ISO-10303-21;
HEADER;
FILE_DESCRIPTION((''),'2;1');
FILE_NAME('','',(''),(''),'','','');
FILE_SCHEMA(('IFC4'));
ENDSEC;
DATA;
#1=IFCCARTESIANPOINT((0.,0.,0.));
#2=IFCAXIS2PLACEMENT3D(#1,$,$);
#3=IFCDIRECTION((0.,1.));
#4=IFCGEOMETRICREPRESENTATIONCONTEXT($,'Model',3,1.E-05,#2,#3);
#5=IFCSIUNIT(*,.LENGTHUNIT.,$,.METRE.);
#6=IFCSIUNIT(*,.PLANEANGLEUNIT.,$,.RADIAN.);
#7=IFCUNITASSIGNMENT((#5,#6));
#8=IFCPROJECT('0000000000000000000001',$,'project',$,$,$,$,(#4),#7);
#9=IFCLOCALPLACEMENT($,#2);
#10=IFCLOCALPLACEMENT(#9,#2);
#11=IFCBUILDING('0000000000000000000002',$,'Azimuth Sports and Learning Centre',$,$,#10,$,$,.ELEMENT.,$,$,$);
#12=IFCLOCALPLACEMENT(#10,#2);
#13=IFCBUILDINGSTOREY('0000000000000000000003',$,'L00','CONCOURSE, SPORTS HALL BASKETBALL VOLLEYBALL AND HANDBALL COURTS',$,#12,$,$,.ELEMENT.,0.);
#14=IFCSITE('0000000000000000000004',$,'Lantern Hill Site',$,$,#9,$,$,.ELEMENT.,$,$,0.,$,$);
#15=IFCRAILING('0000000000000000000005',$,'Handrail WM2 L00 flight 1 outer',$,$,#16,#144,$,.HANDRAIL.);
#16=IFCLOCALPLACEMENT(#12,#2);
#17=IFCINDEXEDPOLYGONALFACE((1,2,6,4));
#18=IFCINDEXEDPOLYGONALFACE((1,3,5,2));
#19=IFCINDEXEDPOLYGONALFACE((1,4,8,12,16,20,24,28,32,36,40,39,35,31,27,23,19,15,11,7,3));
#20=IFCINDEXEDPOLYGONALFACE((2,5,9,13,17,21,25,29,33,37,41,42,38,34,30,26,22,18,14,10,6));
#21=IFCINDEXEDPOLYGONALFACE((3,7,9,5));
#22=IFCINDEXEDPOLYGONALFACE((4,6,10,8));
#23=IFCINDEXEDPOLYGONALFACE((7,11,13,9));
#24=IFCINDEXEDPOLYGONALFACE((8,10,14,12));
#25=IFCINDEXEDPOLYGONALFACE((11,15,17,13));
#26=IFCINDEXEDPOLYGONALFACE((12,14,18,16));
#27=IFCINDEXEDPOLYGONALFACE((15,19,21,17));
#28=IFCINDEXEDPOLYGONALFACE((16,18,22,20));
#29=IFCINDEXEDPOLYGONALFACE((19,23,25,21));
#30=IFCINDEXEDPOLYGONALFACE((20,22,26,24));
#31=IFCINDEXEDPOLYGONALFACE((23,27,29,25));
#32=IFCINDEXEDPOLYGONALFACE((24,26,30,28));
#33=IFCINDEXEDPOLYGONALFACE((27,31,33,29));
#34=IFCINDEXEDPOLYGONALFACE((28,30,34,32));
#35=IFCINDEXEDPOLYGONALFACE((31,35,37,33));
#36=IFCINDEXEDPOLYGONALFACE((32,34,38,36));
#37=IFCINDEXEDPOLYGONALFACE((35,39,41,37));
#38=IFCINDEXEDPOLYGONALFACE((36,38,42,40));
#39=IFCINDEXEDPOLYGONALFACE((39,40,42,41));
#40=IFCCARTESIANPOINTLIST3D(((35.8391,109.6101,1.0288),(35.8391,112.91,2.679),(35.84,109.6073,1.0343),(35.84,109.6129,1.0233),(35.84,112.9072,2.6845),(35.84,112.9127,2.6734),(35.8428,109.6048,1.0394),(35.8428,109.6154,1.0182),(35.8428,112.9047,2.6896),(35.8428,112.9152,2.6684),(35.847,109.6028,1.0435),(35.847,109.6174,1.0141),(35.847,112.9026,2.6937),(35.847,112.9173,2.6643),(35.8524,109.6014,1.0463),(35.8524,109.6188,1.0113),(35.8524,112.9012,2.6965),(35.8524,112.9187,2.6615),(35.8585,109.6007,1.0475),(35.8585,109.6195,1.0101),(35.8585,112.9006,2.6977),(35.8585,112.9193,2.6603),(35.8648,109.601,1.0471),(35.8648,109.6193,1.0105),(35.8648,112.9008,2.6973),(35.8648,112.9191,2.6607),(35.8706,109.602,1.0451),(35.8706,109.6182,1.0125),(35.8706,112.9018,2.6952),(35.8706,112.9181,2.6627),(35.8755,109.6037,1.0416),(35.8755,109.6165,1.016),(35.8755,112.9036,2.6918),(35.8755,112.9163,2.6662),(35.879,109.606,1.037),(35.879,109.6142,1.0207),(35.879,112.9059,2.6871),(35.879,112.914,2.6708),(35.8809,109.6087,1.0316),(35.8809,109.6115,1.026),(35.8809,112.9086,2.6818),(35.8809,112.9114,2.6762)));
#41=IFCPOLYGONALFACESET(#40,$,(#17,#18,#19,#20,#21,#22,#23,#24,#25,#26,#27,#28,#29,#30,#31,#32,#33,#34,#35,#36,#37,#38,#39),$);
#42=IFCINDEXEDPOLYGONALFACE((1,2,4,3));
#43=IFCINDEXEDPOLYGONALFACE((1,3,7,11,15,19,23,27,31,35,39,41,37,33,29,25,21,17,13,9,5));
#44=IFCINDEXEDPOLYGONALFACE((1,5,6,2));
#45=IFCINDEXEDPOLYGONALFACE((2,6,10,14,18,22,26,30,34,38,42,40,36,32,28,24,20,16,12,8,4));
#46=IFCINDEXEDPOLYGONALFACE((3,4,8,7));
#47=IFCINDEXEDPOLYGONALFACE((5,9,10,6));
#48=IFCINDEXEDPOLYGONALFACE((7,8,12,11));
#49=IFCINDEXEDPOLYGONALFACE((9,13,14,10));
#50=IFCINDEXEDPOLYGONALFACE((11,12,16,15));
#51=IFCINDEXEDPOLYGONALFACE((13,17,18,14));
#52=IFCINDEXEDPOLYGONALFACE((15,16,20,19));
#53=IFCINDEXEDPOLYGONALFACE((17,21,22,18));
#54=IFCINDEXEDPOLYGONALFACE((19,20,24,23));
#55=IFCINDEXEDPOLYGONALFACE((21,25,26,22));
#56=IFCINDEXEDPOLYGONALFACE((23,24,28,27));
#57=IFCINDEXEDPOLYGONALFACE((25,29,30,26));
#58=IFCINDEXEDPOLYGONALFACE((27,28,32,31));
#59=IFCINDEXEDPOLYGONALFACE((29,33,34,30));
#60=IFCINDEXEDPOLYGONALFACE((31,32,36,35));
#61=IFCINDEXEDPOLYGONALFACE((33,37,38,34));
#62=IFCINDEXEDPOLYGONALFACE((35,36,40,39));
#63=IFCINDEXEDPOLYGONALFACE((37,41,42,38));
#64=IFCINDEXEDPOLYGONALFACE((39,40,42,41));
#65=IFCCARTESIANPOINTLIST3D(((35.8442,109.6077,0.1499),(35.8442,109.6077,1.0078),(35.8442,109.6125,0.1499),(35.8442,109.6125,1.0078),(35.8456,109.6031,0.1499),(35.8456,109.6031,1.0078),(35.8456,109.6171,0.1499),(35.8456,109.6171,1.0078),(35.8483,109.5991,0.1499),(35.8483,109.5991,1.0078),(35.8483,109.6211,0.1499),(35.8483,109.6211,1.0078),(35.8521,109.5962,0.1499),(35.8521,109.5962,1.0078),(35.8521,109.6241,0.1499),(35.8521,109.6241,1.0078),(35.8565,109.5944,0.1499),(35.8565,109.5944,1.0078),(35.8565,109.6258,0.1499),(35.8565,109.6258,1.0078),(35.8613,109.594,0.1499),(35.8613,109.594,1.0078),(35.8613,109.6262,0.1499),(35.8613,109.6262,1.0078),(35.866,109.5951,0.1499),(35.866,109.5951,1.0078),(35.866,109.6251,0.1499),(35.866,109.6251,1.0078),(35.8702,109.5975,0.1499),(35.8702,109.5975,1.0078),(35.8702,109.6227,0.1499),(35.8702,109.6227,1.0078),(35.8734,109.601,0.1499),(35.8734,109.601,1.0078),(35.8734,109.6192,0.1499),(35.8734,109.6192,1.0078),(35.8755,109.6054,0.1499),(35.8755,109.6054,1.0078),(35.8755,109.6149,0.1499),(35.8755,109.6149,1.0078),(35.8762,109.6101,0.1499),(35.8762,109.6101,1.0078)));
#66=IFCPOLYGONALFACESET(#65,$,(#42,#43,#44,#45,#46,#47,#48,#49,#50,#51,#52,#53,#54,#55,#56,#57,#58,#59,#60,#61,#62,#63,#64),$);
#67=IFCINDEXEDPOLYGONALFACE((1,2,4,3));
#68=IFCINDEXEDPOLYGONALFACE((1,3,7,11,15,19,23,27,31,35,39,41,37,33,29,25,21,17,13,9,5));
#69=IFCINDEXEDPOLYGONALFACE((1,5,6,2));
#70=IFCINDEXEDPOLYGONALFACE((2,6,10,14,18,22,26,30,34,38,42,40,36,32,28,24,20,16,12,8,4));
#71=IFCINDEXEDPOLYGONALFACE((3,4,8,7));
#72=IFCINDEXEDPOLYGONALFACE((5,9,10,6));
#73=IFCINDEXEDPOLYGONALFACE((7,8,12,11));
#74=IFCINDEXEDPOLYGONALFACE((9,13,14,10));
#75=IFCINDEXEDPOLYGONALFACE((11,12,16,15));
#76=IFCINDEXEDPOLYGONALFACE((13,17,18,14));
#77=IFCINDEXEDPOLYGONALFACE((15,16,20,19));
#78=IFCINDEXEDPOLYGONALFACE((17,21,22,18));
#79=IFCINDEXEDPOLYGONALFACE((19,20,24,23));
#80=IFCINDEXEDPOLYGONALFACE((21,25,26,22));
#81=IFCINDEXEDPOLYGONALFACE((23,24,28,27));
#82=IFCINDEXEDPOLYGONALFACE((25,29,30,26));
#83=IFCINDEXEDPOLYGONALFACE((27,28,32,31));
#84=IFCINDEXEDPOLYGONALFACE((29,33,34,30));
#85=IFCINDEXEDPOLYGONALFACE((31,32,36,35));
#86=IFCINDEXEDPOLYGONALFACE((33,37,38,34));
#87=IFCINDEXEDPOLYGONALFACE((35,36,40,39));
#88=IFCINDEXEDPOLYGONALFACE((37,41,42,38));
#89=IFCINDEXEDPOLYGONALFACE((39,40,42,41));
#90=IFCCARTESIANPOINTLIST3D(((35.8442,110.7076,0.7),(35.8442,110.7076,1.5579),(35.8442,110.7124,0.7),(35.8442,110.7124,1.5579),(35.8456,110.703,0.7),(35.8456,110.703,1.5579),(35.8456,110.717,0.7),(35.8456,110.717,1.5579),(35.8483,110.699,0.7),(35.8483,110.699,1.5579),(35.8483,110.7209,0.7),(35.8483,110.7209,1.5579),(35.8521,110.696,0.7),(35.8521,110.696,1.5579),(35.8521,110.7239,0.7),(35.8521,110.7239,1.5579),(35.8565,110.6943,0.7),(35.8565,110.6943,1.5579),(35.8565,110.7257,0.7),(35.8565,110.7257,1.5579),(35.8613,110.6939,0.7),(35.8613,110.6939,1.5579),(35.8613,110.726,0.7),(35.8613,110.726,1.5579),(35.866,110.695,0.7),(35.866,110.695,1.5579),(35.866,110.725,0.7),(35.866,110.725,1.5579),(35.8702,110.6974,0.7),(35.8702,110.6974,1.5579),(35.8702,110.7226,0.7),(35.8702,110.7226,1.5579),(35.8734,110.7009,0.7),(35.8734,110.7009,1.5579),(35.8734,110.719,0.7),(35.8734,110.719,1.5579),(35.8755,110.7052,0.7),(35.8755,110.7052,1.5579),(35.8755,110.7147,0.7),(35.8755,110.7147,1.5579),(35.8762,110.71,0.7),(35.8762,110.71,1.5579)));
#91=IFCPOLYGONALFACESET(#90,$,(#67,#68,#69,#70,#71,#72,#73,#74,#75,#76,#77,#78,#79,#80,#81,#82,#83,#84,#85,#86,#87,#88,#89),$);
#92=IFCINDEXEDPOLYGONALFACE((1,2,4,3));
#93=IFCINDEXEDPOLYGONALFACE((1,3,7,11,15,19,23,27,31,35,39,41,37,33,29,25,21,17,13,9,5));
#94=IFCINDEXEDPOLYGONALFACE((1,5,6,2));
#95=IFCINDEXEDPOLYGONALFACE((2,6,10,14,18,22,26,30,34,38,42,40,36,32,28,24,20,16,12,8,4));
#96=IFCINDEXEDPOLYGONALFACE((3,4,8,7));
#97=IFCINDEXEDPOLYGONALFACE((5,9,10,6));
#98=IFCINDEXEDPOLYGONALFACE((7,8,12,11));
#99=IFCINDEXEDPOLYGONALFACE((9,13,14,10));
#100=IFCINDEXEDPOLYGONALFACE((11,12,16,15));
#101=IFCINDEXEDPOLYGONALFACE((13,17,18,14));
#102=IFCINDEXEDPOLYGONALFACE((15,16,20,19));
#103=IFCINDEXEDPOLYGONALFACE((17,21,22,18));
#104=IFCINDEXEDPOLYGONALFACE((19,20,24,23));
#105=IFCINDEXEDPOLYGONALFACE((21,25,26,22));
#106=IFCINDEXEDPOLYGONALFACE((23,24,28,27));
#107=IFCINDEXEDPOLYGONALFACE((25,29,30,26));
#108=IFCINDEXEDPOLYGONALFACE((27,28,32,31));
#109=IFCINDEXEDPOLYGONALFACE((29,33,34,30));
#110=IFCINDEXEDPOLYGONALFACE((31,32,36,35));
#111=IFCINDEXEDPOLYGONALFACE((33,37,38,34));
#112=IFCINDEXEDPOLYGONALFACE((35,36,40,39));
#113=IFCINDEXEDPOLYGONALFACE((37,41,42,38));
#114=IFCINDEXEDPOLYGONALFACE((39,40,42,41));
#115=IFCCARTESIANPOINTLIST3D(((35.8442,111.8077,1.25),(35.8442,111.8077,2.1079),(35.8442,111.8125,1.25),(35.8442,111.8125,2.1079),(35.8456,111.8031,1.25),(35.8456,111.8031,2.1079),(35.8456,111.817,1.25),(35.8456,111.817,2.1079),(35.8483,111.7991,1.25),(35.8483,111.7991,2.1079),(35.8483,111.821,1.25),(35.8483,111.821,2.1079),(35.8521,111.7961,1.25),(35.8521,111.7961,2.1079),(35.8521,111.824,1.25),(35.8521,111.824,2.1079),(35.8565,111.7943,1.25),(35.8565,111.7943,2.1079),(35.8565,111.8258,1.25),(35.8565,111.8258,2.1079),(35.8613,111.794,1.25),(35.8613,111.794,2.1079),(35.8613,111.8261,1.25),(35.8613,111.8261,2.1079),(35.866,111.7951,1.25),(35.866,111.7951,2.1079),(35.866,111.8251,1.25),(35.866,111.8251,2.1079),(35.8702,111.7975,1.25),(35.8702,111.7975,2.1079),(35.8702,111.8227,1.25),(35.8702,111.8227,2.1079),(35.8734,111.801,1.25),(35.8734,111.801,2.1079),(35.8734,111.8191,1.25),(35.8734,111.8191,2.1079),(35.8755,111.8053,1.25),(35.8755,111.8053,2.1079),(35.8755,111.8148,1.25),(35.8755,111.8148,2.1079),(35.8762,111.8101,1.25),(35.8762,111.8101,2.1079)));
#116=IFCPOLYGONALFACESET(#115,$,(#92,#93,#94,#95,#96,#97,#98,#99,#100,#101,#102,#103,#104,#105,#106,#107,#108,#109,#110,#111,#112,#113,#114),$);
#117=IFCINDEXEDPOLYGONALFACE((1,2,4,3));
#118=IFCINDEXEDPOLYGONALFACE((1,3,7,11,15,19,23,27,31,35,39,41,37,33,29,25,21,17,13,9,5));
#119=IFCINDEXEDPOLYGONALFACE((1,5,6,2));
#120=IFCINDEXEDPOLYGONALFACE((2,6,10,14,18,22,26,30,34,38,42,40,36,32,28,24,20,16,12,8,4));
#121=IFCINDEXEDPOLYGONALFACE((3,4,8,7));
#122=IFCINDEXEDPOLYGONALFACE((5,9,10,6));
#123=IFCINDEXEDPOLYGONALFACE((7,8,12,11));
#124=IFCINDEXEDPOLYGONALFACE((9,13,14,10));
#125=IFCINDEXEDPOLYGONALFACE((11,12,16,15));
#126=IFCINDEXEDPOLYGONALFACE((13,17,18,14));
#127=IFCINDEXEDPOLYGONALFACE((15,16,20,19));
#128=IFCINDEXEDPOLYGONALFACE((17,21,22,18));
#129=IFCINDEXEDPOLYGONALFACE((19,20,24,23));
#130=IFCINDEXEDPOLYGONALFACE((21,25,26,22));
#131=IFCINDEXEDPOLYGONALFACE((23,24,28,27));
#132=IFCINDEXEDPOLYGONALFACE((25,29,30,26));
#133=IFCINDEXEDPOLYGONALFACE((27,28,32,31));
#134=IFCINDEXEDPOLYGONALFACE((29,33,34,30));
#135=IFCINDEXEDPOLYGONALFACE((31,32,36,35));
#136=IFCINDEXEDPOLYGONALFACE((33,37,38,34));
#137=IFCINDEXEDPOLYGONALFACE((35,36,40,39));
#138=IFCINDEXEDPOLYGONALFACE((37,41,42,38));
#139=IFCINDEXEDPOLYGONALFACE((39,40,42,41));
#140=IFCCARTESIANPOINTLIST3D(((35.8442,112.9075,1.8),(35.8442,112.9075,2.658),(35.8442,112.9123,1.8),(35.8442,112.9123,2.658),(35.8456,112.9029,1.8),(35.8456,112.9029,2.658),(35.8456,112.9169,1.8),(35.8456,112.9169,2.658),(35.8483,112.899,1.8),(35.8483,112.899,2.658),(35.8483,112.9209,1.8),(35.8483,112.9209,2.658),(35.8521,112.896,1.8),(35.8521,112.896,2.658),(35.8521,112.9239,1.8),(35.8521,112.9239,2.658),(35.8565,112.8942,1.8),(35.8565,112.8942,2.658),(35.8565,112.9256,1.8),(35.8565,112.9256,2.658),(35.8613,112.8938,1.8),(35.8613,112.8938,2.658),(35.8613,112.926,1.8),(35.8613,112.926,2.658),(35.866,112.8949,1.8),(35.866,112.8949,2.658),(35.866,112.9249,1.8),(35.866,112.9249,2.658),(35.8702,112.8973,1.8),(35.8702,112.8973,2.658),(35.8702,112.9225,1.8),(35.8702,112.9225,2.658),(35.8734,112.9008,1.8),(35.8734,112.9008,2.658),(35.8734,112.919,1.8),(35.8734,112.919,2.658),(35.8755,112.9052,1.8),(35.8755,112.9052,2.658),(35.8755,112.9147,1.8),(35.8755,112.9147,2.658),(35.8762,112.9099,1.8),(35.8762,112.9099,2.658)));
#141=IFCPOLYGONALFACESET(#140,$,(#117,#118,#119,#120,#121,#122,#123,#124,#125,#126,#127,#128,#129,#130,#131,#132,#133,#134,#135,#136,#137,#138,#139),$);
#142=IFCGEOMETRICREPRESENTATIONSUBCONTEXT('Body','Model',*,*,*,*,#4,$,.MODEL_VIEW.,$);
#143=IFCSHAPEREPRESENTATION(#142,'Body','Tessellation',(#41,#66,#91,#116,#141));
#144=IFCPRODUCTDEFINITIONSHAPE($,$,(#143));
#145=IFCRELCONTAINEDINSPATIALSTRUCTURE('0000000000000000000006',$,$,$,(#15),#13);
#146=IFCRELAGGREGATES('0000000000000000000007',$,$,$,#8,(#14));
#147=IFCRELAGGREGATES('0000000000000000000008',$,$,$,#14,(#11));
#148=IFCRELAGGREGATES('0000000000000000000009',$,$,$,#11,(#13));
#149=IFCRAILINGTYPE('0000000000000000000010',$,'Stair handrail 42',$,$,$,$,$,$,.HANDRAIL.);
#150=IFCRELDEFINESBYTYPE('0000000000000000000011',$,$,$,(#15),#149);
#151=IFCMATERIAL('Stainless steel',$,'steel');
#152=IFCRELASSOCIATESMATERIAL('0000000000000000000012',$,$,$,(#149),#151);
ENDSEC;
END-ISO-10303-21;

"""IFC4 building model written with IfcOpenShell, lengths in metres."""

from ifc_helpers import new_model, si_unit, direction, frame, origin, origin_2d, place, context, subcontext, project, spatial, circle, extrude, material, type_object, element, save


model = new_model("IFC4")

# Units and contexts
model_context = context("Model", 3, precision=1e-05, world=origin(), true_north=direction((0.0, 1.0)))
body_context = subcontext(model_context, "Body", "Model", "MODEL_VIEW")
ifc_project = project(units=[si_unit("LENGTHUNIT", "METRE"), si_unit("PLANEANGLEUNIT", "RADIAN")], contexts=[model_context])

# Site, building, storey
site_placement = place(None, origin())
site = spatial("IfcSite", under=ifc_project, at=site_placement, Name="Lantern Hill Site", CompositionType="ELEMENT", RefElevation=0.0)
building_placement = place(site_placement, origin())
building = spatial("IfcBuilding", under=site, at=building_placement, Name="Azimuth Sports and Learning Centre", CompositionType="ELEMENT")
storey_placement = place(building_placement, origin())
storey = spatial("IfcBuildingStorey", under=building, at=storey_placement, Name="L00", Description="CONCOURSE, SPORTS HALL BASKETBALL VOLLEYBALL AND HANDBALL COURTS", CompositionType="ELEMENT", Elevation=0.0)

# Railing
ifc_material_1 = material(Name="Stainless steel", Category="steel")
railing_type = type_object("IfcRailingType", Name="Stair handrail 42", PredefinedType="HANDRAIL", material=ifc_material_1)
for number, where, name in (
    (1, (35.8601, 109.6101, 0.1499), "Handrail WM2 L00 flight 1 outer"),
):
    element("IfcRailing", number, at=place(storey_placement, frame(where)), inside=storey, type_object=railing_type, Name=name, PredefinedType="HANDRAIL", context=body_context, shape_type="SweptSolid", body=[
        extrude(circle(Radius=0.021, at=origin_2d()), frame((0.0, 0.0, 0.8789), z_axis=(0.0, 0.894401, 0.447267), x_axis=(-1.0, 0.0, 0.0)), (0.0, 0.0, 1.0), 3.6895),
        extrude(circle(Radius=0.0161, at=origin_2d()), origin(), (0.0, 0.0, 1.0), 0.8579),
        extrude(circle(Radius=0.0161, at=origin_2d()), frame((0.0, 1.0999, 0.55)), (0.0, 0.0, 1.0), 0.8579),
        extrude(circle(Radius=0.0161, at=origin_2d()), frame((0.0, 2.2, 1.1001)), (0.0, 0.0, 1.0), 0.8579),
        extrude(circle(Radius=0.0161, at=origin_2d()), frame((0.0, 3.2998, 1.6501)), (0.0, 0.0, 1.0), 0.8579),
    ])

save(model, "model.ifc")
